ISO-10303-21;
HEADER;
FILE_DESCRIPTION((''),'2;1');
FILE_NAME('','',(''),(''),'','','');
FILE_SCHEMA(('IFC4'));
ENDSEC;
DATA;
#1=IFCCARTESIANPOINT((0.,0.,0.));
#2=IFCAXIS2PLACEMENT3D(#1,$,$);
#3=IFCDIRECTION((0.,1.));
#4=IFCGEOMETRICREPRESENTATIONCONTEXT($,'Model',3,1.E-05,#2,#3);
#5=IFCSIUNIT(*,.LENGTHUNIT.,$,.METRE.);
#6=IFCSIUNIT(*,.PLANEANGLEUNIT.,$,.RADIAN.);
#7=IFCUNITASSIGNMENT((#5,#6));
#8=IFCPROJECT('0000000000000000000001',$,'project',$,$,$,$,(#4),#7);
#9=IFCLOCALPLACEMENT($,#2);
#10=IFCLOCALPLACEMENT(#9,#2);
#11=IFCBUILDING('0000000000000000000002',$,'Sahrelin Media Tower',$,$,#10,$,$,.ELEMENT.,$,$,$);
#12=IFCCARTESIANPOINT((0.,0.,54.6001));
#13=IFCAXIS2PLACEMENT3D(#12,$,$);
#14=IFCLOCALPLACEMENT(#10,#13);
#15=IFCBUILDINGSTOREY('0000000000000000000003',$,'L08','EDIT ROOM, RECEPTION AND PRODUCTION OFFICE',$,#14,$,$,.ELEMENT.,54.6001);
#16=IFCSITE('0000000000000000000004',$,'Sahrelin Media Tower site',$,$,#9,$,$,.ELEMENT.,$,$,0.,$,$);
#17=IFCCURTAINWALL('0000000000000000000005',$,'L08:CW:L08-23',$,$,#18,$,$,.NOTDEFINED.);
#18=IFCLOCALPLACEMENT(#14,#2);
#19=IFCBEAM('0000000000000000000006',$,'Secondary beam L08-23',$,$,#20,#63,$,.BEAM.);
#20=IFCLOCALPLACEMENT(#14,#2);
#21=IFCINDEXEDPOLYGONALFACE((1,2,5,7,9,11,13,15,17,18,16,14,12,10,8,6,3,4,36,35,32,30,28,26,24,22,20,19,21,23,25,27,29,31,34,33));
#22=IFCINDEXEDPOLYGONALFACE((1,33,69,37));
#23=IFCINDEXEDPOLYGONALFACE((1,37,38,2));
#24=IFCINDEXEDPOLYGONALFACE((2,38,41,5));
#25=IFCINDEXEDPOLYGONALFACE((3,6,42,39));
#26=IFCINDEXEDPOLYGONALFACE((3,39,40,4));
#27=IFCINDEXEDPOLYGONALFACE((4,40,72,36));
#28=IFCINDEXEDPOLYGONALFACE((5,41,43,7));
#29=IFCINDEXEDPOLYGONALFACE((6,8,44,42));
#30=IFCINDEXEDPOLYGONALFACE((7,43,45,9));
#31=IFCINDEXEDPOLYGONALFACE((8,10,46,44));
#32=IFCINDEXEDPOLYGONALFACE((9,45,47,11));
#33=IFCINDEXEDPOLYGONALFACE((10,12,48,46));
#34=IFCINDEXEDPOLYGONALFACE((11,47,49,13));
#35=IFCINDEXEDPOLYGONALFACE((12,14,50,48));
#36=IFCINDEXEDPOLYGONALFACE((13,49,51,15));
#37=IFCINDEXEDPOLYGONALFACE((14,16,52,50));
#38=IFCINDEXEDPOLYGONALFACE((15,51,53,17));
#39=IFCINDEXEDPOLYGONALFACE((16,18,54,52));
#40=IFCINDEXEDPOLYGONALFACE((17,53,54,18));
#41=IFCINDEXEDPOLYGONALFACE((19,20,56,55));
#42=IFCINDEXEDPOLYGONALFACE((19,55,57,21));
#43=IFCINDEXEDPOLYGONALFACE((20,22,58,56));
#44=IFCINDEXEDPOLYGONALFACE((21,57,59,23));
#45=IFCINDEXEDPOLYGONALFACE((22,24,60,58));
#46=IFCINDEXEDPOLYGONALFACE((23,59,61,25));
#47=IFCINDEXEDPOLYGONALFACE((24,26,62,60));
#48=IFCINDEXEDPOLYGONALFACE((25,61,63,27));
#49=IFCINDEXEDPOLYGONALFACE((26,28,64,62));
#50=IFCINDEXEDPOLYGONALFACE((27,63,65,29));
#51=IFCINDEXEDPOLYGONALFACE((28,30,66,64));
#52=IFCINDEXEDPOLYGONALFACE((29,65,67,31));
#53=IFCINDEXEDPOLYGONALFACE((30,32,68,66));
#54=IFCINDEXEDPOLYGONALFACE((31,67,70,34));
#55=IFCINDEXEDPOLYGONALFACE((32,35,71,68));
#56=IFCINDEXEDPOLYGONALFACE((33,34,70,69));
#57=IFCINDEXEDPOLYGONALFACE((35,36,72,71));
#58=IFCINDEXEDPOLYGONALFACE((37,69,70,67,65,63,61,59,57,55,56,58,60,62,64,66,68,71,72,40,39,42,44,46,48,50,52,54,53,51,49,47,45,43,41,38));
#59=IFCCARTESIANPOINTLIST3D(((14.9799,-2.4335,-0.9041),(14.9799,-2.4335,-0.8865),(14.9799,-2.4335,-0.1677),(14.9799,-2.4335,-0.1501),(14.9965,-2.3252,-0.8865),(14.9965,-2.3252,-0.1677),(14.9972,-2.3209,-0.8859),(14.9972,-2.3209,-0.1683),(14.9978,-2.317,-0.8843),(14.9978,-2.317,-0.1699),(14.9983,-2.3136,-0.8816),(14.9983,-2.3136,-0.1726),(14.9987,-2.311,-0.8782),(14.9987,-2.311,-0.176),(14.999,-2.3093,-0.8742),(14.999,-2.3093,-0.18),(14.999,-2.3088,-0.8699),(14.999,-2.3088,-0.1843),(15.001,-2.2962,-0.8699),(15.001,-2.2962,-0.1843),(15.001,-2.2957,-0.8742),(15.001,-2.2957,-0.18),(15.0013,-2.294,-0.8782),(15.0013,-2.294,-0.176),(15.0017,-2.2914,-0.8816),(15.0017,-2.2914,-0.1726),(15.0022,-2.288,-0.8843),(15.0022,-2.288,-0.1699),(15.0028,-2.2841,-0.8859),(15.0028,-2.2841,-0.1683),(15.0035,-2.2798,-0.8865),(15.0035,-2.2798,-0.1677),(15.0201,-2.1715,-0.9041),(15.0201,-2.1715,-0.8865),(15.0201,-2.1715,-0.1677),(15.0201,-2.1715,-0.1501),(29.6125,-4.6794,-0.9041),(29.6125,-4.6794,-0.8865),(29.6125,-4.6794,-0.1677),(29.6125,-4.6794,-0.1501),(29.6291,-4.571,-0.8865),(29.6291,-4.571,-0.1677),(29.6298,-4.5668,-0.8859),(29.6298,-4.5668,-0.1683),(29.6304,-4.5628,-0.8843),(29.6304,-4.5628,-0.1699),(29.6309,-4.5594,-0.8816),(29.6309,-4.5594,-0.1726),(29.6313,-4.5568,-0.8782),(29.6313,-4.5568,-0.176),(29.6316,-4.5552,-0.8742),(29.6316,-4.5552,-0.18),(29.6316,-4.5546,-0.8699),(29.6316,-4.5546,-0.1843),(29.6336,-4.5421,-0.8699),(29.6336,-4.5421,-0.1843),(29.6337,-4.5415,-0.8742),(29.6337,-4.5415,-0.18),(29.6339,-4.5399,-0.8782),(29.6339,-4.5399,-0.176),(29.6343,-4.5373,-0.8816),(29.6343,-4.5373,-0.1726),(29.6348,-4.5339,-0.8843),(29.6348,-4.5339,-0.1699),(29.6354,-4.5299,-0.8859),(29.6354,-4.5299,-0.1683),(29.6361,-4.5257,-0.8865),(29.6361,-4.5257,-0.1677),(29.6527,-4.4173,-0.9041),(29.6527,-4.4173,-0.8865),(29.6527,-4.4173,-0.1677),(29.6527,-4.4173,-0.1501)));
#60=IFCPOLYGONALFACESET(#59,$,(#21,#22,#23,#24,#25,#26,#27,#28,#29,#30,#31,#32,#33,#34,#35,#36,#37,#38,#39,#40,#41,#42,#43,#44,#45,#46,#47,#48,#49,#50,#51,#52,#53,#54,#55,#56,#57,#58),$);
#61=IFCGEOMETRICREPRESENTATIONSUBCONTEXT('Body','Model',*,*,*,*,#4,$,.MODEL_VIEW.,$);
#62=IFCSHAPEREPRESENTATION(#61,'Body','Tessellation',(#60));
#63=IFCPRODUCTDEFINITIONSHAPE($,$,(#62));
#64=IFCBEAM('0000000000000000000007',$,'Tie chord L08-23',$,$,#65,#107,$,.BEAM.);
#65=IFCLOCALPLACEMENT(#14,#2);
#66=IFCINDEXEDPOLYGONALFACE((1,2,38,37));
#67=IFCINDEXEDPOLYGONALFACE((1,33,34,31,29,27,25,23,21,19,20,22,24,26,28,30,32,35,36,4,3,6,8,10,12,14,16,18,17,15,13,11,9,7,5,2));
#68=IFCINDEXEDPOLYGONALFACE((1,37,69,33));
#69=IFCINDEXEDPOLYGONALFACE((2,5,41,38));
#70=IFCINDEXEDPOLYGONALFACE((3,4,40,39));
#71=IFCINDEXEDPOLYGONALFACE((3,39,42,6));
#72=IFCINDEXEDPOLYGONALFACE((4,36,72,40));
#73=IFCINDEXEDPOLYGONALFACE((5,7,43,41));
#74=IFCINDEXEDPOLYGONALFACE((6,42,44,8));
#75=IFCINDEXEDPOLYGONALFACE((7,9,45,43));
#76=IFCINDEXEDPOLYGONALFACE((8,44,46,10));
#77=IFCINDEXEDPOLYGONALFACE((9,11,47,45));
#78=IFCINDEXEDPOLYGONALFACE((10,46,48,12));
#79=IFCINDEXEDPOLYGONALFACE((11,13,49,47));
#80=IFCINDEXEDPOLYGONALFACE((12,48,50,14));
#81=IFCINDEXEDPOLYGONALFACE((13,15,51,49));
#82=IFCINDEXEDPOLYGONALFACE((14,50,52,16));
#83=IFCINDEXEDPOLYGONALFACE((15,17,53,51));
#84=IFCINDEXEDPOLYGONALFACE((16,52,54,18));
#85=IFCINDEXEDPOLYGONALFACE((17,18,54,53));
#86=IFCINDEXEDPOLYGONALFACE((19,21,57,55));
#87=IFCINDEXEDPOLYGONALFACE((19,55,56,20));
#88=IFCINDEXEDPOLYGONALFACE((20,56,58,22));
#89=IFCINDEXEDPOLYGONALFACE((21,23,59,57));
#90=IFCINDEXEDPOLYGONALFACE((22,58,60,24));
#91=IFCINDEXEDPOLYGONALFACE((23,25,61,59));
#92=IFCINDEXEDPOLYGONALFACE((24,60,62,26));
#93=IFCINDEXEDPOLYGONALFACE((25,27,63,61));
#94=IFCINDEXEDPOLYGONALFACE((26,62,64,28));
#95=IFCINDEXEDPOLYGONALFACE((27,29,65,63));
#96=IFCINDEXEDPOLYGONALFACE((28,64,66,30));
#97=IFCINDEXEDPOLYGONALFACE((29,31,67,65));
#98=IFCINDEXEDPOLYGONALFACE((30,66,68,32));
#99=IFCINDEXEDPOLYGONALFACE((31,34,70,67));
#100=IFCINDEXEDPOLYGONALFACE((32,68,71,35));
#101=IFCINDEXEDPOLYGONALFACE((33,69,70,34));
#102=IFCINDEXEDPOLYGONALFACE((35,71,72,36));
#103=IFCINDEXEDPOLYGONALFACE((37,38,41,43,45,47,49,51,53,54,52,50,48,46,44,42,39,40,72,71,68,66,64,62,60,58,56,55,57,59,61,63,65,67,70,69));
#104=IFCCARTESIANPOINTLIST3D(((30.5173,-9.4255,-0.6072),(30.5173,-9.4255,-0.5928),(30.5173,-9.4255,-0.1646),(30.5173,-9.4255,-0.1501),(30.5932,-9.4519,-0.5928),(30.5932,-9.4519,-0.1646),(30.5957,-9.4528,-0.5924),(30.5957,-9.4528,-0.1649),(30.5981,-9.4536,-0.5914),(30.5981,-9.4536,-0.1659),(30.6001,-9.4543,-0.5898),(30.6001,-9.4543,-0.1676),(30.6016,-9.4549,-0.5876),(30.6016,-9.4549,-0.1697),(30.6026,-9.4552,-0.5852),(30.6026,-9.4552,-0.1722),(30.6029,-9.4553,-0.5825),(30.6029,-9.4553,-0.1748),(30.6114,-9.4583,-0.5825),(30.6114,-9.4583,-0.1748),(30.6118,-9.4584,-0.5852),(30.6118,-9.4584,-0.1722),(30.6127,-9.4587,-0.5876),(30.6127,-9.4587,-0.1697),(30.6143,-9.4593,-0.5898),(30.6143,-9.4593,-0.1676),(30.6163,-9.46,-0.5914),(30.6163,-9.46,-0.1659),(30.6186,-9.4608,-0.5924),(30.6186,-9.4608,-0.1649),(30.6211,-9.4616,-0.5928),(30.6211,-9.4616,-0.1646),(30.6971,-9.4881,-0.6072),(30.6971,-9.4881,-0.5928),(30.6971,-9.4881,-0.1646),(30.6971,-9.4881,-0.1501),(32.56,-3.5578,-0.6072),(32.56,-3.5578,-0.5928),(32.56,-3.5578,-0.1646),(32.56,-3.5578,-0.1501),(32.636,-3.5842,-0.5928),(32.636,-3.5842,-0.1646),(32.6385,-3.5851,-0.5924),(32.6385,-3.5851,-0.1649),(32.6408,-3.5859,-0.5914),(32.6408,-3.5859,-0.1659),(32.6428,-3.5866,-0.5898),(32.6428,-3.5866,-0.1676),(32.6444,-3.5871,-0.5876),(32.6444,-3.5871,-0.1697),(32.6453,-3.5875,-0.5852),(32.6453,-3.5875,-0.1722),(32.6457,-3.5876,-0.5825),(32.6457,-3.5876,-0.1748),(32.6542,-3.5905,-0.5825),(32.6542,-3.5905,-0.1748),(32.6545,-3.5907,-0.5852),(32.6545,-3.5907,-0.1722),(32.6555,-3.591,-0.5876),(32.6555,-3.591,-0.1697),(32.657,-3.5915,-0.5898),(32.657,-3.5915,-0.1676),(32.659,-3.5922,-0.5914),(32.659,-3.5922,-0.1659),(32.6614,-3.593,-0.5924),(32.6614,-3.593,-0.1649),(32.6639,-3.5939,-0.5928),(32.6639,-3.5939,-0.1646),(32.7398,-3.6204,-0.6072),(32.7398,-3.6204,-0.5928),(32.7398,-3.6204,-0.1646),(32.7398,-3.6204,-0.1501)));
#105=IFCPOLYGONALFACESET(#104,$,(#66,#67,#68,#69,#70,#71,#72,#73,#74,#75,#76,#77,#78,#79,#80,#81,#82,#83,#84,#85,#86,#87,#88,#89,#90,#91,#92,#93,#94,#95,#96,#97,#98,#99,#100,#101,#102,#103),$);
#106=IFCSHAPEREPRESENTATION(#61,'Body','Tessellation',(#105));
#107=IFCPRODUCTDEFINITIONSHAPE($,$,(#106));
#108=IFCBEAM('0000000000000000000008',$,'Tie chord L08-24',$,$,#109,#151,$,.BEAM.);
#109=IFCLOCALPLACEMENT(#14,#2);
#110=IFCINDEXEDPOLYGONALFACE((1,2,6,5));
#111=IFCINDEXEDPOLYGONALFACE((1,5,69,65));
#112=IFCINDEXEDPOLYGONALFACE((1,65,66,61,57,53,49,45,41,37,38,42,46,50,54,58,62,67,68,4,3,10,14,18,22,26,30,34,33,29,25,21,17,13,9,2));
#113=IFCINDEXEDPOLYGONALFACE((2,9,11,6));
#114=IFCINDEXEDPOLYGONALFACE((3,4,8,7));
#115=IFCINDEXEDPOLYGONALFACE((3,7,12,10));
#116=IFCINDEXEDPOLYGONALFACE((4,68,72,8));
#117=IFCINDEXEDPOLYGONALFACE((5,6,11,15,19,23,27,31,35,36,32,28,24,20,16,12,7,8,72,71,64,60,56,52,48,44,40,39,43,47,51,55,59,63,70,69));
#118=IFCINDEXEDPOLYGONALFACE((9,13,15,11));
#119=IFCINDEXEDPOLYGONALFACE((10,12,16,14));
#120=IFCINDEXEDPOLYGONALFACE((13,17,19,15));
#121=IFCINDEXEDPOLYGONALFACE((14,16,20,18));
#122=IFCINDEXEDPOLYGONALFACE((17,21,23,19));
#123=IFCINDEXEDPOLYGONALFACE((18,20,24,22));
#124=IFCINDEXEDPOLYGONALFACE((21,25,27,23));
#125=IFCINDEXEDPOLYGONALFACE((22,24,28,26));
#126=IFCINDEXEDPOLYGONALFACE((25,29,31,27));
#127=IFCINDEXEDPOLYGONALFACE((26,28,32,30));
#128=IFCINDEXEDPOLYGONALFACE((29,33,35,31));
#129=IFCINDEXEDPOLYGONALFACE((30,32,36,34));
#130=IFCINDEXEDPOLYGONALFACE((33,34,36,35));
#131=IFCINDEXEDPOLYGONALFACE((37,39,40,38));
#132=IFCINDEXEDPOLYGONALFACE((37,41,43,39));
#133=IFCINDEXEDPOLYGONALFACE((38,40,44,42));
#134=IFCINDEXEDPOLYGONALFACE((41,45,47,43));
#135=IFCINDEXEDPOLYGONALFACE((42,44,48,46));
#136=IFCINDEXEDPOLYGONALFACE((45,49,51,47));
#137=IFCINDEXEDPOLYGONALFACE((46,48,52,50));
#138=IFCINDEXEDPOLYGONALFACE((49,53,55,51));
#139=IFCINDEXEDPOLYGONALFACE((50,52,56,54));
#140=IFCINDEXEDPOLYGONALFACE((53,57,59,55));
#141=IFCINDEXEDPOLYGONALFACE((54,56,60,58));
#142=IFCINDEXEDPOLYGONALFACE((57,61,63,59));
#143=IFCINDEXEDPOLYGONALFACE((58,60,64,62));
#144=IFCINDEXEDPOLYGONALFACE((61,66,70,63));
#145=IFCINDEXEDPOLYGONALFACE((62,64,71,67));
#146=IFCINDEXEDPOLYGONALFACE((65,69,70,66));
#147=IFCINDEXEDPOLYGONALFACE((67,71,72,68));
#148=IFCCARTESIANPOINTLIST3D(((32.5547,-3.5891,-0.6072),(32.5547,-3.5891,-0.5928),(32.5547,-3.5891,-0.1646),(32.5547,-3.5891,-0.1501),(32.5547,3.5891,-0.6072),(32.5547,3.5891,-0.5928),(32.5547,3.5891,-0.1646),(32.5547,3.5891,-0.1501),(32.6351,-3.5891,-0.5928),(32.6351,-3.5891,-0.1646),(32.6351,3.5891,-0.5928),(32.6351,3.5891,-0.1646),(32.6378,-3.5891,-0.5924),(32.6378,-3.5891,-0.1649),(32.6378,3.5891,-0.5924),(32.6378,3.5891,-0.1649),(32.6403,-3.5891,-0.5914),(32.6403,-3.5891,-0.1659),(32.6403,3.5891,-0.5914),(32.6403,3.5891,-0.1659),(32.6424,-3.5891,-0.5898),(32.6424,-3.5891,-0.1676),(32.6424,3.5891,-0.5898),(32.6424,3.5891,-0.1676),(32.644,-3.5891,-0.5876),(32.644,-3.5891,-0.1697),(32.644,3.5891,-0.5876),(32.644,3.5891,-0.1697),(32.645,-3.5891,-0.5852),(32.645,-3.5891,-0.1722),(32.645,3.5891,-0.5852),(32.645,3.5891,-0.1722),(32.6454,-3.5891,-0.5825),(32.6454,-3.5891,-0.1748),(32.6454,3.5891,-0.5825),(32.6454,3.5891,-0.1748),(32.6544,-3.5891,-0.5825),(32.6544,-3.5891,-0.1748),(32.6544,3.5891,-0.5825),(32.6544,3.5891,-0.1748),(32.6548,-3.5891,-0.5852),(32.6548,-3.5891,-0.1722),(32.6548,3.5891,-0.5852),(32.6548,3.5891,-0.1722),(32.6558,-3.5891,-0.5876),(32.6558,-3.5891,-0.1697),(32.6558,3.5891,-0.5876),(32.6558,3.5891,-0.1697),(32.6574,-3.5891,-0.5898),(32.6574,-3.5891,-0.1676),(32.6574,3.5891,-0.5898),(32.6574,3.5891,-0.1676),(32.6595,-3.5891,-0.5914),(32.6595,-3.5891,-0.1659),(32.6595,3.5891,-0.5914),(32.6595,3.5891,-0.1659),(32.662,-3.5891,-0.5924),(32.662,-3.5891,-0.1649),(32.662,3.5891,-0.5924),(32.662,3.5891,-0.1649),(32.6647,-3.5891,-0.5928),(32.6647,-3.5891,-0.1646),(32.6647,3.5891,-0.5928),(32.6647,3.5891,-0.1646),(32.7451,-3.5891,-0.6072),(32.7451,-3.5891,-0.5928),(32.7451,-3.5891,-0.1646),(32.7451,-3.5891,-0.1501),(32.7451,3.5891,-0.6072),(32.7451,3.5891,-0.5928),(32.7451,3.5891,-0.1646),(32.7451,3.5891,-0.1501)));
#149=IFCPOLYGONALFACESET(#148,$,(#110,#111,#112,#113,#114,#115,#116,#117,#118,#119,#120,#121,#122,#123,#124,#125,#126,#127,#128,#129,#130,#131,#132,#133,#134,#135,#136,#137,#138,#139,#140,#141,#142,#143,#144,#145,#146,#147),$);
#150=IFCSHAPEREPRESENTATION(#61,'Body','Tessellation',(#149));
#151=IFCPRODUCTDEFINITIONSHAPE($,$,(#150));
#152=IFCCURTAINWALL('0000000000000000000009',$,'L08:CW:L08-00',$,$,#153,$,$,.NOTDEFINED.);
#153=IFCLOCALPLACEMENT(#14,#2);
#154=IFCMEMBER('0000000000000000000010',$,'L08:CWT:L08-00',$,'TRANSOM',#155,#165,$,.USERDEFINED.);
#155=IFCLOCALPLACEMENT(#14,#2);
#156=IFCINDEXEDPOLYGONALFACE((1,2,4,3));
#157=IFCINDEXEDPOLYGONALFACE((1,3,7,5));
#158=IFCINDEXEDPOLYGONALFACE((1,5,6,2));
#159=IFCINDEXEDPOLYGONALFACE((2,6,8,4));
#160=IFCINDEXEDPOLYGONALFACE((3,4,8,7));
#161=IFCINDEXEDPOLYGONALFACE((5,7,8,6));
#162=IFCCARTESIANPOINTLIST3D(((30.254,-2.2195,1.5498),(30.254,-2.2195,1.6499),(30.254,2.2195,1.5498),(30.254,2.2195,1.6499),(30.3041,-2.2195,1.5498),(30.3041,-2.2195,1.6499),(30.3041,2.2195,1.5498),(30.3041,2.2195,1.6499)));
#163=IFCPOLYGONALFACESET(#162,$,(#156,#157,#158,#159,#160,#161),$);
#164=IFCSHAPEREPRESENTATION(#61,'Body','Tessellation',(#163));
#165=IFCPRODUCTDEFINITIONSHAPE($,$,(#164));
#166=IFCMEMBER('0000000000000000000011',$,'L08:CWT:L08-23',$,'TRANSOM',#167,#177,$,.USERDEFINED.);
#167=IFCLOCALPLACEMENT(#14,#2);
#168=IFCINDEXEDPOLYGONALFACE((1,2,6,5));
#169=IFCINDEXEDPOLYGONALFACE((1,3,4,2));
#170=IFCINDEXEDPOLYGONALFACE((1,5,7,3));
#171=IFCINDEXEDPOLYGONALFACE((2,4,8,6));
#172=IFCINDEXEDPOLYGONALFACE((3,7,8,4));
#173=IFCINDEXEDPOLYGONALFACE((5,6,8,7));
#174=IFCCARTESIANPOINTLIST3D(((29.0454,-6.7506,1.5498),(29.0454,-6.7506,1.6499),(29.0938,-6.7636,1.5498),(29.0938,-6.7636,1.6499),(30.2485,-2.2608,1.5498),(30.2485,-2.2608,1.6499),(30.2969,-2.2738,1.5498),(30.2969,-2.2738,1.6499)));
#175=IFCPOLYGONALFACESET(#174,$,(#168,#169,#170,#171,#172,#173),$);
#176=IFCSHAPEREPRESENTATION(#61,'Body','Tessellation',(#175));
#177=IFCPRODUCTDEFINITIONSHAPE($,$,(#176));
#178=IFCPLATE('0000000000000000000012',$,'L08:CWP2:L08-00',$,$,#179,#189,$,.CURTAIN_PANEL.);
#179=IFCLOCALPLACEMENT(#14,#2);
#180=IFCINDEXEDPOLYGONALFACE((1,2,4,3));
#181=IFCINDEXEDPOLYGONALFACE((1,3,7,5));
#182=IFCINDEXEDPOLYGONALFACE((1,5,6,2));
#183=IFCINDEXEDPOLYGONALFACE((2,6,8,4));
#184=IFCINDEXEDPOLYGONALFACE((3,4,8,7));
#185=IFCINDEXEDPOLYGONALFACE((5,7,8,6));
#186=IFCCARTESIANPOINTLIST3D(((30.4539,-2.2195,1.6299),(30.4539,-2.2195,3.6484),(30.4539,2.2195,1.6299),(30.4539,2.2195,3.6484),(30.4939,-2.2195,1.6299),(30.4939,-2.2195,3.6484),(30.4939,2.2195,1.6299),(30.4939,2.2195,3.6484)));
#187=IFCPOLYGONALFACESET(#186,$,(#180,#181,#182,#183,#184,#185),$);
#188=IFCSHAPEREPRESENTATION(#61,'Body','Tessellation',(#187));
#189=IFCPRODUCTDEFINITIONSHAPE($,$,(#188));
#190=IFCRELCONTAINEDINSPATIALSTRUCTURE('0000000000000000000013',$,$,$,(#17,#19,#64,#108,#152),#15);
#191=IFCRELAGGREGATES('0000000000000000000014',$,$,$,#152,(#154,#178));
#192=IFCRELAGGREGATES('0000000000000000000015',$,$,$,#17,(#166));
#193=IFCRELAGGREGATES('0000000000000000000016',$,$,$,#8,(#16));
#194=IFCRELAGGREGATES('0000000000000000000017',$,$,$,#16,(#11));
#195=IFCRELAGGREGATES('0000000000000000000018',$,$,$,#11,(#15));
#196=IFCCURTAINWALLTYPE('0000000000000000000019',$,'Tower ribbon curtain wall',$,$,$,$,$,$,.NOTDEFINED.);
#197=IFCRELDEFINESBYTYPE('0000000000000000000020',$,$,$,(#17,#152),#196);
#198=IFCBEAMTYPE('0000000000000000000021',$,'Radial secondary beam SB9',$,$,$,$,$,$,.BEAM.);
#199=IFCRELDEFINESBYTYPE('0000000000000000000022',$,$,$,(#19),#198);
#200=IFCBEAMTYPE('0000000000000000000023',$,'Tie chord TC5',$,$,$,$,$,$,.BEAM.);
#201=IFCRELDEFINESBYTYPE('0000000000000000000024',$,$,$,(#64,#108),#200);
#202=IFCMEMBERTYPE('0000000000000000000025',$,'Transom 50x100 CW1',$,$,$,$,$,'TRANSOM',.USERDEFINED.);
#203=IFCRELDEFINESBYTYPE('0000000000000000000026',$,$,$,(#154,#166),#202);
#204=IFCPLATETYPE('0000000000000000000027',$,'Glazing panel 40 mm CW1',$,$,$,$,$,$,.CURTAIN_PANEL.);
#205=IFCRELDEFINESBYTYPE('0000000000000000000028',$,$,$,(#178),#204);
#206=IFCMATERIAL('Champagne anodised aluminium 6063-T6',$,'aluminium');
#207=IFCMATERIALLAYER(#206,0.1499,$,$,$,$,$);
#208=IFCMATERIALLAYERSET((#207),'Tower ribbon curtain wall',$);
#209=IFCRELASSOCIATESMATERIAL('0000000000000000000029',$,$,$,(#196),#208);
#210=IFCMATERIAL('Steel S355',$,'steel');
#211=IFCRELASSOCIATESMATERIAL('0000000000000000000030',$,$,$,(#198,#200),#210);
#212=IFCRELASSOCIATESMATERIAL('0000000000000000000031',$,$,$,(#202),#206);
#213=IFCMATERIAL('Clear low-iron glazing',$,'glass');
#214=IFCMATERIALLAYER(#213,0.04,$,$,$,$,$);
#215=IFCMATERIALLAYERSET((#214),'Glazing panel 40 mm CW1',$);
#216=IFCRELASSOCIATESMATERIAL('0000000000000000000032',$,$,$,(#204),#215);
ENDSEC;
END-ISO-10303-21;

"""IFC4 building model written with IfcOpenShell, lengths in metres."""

from ifc_helpers import new_model, si_unit, direction, frame, origin, origin_2d, place, context, subcontext, project, spatial, polyline, rectangle, i_section, outline, extrude, material, layer, layer_set, material_profile, profile_set, type_object, element, aggregate, save


model = new_model("IFC4")

# Units and contexts
model_context = context("Model", 3, precision=1e-05, world=origin(), true_north=direction((0.0, 1.0)))
body_context = subcontext(model_context, "Body", "Model", "MODEL_VIEW")
ifc_project = project(units=[si_unit("LENGTHUNIT", "METRE"), si_unit("PLANEANGLEUNIT", "RADIAN")], contexts=[model_context])

# Site, building, storey
site_placement = place(None, origin())
site = spatial("IfcSite", under=ifc_project, at=site_placement, Name="Sahrelin Media Tower site", CompositionType="ELEMENT", RefElevation=0.0)
building_placement = place(site_placement, origin())
building = spatial("IfcBuilding", under=site, at=building_placement, Name="Sahrelin Media Tower", CompositionType="ELEMENT")
storey_placement = place(building_placement, frame((0.0, 0.0, 54.6001)))
storey = spatial("IfcBuildingStorey", under=building, at=storey_placement, Name="L08", Description="EDIT ROOM, RECEPTION AND PRODUCTION OFFICE", CompositionType="ELEMENT", Elevation=54.6001)

# Shared definitions
ifc_material_1 = material(Name="Steel S355", Category="steel")

# Curtain wall
ifc_material_2 = material(Name="Champagne anodised aluminium 6063-T6", Category="aluminium")
ifc_layer_1 = layer(ifc_material_2, 0.1499)
ifc_layer_set_1 = layer_set([ifc_layer_1], Name="Tower ribbon curtain wall")
curtain_wall_type = type_object("IfcCurtainWallType", Name="Tower ribbon curtain wall", PredefinedType="NOTDEFINED", material=ifc_layer_set_1)
curtain_wall_1_placement = place(storey_placement, frame((29.8596, -4.5627, 0.0), z_axis=(0.0, 0.0, 1.0), x_axis=(1.0, 0.0, 0.0)))
curtain_wall_1 = element("IfcCurtainWall", 1, at=curtain_wall_1_placement, inside=storey, type_object=curtain_wall_type, Name="L08:CW:L08-23", PredefinedType="NOTDEFINED")

# Beams
ifc_material_profile_1 = material_profile(ifc_material_1, i_section(OverallWidth=0.2651, OverallDepth=0.7539, WebThickness=0.0127, FlangeThickness=0.0176, FilletRadius=0.0166, at=origin_2d()), Name="UB 762x267x147")
ifc_profile_set_1 = profile_set([ifc_material_profile_1], Name="Steel S355")
beam_type_1 = type_object("IfcBeamType", Name="Radial secondary beam SB9", PredefinedType="BEAM", material=ifc_profile_set_1)
beam_1_placement = place(storey_placement, frame((15.0, -2.3025, -0.5271), z_axis=(0.988426, -0.151706, 0.0), x_axis=(0.151706, 0.988426, 0.0)))
element("IfcBeam", 2, at=beam_1_placement, inside=storey, type_object=beam_type_1, Name="Secondary beam L08-23", PredefinedType="BEAM", context=body_context, shape_type="SweptSolid", body=[
    extrude(i_section(OverallWidth=0.2651, OverallDepth=0.7539, WebThickness=0.0127, FlangeThickness=0.0176, FilletRadius=0.0166, at=origin_2d()), origin(), (0.0, 0.0, 1.0), 14.804),
])
ifc_material_profile_2 = material_profile(ifc_material_1, i_section(OverallWidth=0.1904, OverallDepth=0.457, WebThickness=0.009, FlangeThickness=0.0144, FilletRadius=0.0103, at=origin_2d()), Name="UB 457x191x74")
ifc_profile_set_2 = profile_set([ifc_material_profile_2], Name="Steel S355")
beam_type_2 = type_object("IfcBeamType", Name="Tie chord TC5", PredefinedType="BEAM", material=ifc_profile_set_2)
beam_2_placement = place(storey_placement, frame((30.6072, -9.4568, -0.3787), z_axis=(0.328778, 0.944407, 0.0), x_axis=(-0.944407, 0.328778, 0.0)))
element("IfcBeam", 3, at=beam_2_placement, inside=storey, type_object=beam_type_2, Name="Tie chord L08-23", PredefinedType="BEAM", context=body_context, shape_type="SweptSolid", body=[
    extrude(i_section(OverallWidth=0.1904, OverallDepth=0.457, WebThickness=0.009, FlangeThickness=0.0144, FilletRadius=0.0103, at=origin_2d()), origin(), (0.0, 0.0, 1.0), 6.2131),
])
beam_3_placement = place(storey_placement, frame((32.6499, -3.5891, -0.3787), z_axis=(0.0, 1.0, 0.0), x_axis=(-1.0, 0.0, 0.0)))
element("IfcBeam", 4, at=beam_3_placement, inside=storey, type_object=beam_type_2, Name="Tie chord L08-24", PredefinedType="BEAM", context=body_context, shape_type="SweptSolid", body=[
    extrude(i_section(OverallWidth=0.1904, OverallDepth=0.457, WebThickness=0.009, FlangeThickness=0.0144, FilletRadius=0.0103, at=origin_2d()), origin(), (0.0, 0.0, 1.0), 7.1782),
])

# Curtain wall, member
curtain_wall_2_placement = place(storey_placement, frame((30.4741, 0.0, 0.0), z_axis=(0.0, 0.0, 1.0), x_axis=(1.0, 0.0, 0.0)))
curtain_wall_2 = element("IfcCurtainWall", 5, at=curtain_wall_2_placement, inside=storey, type_object=curtain_wall_type, Name="L08:CW:L08-00", PredefinedType="NOTDEFINED")
ifc_material_profile_3 = material_profile(ifc_material_2, rectangle(XDim=0.05, YDim=0.1001, at=origin_2d()), Name="Transom 50x100")
ifc_profile_set_3 = profile_set([ifc_material_profile_3], Name="Champagne anodised aluminium 6063-T6")
member_type_1 = type_object("IfcMemberType", Name="Transom 50x100 CW1", ElementType="TRANSOM", PredefinedType="USERDEFINED", material=ifc_profile_set_3)
member_1_placement = place(storey_placement, frame((30.2791, -2.2195, 1.5999), z_axis=(0.0, 1.0, 0.0), x_axis=(-1.0, 0.0, 0.0)))
member_1 = element("IfcMember", 6, at=member_1_placement, type_object=member_type_1, Name="L08:CWT:L08-00", ObjectType="TRANSOM", PredefinedType="USERDEFINED", context=body_context, shape_type="SweptSolid", body=[
    extrude(rectangle(XDim=0.05, YDim=0.1001, at=origin_2d()), origin(), (0.0, 0.0, 1.0), 4.439),
])

# Member
member_2_placement = place(storey_placement, frame((29.0696, -6.7571, 1.5999), z_axis=(0.258839, 0.96592, 0.0), x_axis=(-0.96592, 0.258839, 0.0)))
member_2 = element("IfcMember", 7, at=member_2_placement, type_object=member_type_1, Name="L08:CWT:L08-23", ObjectType="TRANSOM", PredefinedType="USERDEFINED", context=body_context, shape_type="SweptSolid", body=[
    extrude(rectangle(XDim=0.05, YDim=0.1001, at=origin_2d()), origin(), (0.0, 0.0, 1.0), 4.6482),
])

# Plate
ifc_material_3 = material(Name="Clear low-iron glazing", Category="glass")
ifc_layer_2 = layer(ifc_material_3, 0.04)
ifc_layer_set_2 = layer_set([ifc_layer_2], Name="Glazing panel 40 mm CW1")
plate_type_1 = type_object("IfcPlateType", Name="Glazing panel 40 mm CW1", PredefinedType="CURTAIN_PANEL", material=ifc_layer_set_2)
plate_1_placement = place(storey_placement, frame((30.4939, -2.2195, 1.6299), z_axis=(1.0, 0.0, 0.0), x_axis=(0.0, 1.0, 0.0)))
plate_1 = element("IfcPlate", 8, at=plate_1_placement, type_object=plate_type_1, Name="L08:CWP2:L08-00", PredefinedType="CURTAIN_PANEL", context=body_context, shape_type="SweptSolid", body=[
    extrude(outline(polyline([(0.0, 0.0), (4.439, 0.0), (4.439, 2.0186), (0.0, 2.0186), (0.0, 0.0)])), origin(), (0.0, 0.0, -1.0), 0.04),
])
aggregate(curtain_wall_2, [member_1, plate_1])
aggregate(curtain_wall_1, [member_2])

save(model, "model.ifc")
